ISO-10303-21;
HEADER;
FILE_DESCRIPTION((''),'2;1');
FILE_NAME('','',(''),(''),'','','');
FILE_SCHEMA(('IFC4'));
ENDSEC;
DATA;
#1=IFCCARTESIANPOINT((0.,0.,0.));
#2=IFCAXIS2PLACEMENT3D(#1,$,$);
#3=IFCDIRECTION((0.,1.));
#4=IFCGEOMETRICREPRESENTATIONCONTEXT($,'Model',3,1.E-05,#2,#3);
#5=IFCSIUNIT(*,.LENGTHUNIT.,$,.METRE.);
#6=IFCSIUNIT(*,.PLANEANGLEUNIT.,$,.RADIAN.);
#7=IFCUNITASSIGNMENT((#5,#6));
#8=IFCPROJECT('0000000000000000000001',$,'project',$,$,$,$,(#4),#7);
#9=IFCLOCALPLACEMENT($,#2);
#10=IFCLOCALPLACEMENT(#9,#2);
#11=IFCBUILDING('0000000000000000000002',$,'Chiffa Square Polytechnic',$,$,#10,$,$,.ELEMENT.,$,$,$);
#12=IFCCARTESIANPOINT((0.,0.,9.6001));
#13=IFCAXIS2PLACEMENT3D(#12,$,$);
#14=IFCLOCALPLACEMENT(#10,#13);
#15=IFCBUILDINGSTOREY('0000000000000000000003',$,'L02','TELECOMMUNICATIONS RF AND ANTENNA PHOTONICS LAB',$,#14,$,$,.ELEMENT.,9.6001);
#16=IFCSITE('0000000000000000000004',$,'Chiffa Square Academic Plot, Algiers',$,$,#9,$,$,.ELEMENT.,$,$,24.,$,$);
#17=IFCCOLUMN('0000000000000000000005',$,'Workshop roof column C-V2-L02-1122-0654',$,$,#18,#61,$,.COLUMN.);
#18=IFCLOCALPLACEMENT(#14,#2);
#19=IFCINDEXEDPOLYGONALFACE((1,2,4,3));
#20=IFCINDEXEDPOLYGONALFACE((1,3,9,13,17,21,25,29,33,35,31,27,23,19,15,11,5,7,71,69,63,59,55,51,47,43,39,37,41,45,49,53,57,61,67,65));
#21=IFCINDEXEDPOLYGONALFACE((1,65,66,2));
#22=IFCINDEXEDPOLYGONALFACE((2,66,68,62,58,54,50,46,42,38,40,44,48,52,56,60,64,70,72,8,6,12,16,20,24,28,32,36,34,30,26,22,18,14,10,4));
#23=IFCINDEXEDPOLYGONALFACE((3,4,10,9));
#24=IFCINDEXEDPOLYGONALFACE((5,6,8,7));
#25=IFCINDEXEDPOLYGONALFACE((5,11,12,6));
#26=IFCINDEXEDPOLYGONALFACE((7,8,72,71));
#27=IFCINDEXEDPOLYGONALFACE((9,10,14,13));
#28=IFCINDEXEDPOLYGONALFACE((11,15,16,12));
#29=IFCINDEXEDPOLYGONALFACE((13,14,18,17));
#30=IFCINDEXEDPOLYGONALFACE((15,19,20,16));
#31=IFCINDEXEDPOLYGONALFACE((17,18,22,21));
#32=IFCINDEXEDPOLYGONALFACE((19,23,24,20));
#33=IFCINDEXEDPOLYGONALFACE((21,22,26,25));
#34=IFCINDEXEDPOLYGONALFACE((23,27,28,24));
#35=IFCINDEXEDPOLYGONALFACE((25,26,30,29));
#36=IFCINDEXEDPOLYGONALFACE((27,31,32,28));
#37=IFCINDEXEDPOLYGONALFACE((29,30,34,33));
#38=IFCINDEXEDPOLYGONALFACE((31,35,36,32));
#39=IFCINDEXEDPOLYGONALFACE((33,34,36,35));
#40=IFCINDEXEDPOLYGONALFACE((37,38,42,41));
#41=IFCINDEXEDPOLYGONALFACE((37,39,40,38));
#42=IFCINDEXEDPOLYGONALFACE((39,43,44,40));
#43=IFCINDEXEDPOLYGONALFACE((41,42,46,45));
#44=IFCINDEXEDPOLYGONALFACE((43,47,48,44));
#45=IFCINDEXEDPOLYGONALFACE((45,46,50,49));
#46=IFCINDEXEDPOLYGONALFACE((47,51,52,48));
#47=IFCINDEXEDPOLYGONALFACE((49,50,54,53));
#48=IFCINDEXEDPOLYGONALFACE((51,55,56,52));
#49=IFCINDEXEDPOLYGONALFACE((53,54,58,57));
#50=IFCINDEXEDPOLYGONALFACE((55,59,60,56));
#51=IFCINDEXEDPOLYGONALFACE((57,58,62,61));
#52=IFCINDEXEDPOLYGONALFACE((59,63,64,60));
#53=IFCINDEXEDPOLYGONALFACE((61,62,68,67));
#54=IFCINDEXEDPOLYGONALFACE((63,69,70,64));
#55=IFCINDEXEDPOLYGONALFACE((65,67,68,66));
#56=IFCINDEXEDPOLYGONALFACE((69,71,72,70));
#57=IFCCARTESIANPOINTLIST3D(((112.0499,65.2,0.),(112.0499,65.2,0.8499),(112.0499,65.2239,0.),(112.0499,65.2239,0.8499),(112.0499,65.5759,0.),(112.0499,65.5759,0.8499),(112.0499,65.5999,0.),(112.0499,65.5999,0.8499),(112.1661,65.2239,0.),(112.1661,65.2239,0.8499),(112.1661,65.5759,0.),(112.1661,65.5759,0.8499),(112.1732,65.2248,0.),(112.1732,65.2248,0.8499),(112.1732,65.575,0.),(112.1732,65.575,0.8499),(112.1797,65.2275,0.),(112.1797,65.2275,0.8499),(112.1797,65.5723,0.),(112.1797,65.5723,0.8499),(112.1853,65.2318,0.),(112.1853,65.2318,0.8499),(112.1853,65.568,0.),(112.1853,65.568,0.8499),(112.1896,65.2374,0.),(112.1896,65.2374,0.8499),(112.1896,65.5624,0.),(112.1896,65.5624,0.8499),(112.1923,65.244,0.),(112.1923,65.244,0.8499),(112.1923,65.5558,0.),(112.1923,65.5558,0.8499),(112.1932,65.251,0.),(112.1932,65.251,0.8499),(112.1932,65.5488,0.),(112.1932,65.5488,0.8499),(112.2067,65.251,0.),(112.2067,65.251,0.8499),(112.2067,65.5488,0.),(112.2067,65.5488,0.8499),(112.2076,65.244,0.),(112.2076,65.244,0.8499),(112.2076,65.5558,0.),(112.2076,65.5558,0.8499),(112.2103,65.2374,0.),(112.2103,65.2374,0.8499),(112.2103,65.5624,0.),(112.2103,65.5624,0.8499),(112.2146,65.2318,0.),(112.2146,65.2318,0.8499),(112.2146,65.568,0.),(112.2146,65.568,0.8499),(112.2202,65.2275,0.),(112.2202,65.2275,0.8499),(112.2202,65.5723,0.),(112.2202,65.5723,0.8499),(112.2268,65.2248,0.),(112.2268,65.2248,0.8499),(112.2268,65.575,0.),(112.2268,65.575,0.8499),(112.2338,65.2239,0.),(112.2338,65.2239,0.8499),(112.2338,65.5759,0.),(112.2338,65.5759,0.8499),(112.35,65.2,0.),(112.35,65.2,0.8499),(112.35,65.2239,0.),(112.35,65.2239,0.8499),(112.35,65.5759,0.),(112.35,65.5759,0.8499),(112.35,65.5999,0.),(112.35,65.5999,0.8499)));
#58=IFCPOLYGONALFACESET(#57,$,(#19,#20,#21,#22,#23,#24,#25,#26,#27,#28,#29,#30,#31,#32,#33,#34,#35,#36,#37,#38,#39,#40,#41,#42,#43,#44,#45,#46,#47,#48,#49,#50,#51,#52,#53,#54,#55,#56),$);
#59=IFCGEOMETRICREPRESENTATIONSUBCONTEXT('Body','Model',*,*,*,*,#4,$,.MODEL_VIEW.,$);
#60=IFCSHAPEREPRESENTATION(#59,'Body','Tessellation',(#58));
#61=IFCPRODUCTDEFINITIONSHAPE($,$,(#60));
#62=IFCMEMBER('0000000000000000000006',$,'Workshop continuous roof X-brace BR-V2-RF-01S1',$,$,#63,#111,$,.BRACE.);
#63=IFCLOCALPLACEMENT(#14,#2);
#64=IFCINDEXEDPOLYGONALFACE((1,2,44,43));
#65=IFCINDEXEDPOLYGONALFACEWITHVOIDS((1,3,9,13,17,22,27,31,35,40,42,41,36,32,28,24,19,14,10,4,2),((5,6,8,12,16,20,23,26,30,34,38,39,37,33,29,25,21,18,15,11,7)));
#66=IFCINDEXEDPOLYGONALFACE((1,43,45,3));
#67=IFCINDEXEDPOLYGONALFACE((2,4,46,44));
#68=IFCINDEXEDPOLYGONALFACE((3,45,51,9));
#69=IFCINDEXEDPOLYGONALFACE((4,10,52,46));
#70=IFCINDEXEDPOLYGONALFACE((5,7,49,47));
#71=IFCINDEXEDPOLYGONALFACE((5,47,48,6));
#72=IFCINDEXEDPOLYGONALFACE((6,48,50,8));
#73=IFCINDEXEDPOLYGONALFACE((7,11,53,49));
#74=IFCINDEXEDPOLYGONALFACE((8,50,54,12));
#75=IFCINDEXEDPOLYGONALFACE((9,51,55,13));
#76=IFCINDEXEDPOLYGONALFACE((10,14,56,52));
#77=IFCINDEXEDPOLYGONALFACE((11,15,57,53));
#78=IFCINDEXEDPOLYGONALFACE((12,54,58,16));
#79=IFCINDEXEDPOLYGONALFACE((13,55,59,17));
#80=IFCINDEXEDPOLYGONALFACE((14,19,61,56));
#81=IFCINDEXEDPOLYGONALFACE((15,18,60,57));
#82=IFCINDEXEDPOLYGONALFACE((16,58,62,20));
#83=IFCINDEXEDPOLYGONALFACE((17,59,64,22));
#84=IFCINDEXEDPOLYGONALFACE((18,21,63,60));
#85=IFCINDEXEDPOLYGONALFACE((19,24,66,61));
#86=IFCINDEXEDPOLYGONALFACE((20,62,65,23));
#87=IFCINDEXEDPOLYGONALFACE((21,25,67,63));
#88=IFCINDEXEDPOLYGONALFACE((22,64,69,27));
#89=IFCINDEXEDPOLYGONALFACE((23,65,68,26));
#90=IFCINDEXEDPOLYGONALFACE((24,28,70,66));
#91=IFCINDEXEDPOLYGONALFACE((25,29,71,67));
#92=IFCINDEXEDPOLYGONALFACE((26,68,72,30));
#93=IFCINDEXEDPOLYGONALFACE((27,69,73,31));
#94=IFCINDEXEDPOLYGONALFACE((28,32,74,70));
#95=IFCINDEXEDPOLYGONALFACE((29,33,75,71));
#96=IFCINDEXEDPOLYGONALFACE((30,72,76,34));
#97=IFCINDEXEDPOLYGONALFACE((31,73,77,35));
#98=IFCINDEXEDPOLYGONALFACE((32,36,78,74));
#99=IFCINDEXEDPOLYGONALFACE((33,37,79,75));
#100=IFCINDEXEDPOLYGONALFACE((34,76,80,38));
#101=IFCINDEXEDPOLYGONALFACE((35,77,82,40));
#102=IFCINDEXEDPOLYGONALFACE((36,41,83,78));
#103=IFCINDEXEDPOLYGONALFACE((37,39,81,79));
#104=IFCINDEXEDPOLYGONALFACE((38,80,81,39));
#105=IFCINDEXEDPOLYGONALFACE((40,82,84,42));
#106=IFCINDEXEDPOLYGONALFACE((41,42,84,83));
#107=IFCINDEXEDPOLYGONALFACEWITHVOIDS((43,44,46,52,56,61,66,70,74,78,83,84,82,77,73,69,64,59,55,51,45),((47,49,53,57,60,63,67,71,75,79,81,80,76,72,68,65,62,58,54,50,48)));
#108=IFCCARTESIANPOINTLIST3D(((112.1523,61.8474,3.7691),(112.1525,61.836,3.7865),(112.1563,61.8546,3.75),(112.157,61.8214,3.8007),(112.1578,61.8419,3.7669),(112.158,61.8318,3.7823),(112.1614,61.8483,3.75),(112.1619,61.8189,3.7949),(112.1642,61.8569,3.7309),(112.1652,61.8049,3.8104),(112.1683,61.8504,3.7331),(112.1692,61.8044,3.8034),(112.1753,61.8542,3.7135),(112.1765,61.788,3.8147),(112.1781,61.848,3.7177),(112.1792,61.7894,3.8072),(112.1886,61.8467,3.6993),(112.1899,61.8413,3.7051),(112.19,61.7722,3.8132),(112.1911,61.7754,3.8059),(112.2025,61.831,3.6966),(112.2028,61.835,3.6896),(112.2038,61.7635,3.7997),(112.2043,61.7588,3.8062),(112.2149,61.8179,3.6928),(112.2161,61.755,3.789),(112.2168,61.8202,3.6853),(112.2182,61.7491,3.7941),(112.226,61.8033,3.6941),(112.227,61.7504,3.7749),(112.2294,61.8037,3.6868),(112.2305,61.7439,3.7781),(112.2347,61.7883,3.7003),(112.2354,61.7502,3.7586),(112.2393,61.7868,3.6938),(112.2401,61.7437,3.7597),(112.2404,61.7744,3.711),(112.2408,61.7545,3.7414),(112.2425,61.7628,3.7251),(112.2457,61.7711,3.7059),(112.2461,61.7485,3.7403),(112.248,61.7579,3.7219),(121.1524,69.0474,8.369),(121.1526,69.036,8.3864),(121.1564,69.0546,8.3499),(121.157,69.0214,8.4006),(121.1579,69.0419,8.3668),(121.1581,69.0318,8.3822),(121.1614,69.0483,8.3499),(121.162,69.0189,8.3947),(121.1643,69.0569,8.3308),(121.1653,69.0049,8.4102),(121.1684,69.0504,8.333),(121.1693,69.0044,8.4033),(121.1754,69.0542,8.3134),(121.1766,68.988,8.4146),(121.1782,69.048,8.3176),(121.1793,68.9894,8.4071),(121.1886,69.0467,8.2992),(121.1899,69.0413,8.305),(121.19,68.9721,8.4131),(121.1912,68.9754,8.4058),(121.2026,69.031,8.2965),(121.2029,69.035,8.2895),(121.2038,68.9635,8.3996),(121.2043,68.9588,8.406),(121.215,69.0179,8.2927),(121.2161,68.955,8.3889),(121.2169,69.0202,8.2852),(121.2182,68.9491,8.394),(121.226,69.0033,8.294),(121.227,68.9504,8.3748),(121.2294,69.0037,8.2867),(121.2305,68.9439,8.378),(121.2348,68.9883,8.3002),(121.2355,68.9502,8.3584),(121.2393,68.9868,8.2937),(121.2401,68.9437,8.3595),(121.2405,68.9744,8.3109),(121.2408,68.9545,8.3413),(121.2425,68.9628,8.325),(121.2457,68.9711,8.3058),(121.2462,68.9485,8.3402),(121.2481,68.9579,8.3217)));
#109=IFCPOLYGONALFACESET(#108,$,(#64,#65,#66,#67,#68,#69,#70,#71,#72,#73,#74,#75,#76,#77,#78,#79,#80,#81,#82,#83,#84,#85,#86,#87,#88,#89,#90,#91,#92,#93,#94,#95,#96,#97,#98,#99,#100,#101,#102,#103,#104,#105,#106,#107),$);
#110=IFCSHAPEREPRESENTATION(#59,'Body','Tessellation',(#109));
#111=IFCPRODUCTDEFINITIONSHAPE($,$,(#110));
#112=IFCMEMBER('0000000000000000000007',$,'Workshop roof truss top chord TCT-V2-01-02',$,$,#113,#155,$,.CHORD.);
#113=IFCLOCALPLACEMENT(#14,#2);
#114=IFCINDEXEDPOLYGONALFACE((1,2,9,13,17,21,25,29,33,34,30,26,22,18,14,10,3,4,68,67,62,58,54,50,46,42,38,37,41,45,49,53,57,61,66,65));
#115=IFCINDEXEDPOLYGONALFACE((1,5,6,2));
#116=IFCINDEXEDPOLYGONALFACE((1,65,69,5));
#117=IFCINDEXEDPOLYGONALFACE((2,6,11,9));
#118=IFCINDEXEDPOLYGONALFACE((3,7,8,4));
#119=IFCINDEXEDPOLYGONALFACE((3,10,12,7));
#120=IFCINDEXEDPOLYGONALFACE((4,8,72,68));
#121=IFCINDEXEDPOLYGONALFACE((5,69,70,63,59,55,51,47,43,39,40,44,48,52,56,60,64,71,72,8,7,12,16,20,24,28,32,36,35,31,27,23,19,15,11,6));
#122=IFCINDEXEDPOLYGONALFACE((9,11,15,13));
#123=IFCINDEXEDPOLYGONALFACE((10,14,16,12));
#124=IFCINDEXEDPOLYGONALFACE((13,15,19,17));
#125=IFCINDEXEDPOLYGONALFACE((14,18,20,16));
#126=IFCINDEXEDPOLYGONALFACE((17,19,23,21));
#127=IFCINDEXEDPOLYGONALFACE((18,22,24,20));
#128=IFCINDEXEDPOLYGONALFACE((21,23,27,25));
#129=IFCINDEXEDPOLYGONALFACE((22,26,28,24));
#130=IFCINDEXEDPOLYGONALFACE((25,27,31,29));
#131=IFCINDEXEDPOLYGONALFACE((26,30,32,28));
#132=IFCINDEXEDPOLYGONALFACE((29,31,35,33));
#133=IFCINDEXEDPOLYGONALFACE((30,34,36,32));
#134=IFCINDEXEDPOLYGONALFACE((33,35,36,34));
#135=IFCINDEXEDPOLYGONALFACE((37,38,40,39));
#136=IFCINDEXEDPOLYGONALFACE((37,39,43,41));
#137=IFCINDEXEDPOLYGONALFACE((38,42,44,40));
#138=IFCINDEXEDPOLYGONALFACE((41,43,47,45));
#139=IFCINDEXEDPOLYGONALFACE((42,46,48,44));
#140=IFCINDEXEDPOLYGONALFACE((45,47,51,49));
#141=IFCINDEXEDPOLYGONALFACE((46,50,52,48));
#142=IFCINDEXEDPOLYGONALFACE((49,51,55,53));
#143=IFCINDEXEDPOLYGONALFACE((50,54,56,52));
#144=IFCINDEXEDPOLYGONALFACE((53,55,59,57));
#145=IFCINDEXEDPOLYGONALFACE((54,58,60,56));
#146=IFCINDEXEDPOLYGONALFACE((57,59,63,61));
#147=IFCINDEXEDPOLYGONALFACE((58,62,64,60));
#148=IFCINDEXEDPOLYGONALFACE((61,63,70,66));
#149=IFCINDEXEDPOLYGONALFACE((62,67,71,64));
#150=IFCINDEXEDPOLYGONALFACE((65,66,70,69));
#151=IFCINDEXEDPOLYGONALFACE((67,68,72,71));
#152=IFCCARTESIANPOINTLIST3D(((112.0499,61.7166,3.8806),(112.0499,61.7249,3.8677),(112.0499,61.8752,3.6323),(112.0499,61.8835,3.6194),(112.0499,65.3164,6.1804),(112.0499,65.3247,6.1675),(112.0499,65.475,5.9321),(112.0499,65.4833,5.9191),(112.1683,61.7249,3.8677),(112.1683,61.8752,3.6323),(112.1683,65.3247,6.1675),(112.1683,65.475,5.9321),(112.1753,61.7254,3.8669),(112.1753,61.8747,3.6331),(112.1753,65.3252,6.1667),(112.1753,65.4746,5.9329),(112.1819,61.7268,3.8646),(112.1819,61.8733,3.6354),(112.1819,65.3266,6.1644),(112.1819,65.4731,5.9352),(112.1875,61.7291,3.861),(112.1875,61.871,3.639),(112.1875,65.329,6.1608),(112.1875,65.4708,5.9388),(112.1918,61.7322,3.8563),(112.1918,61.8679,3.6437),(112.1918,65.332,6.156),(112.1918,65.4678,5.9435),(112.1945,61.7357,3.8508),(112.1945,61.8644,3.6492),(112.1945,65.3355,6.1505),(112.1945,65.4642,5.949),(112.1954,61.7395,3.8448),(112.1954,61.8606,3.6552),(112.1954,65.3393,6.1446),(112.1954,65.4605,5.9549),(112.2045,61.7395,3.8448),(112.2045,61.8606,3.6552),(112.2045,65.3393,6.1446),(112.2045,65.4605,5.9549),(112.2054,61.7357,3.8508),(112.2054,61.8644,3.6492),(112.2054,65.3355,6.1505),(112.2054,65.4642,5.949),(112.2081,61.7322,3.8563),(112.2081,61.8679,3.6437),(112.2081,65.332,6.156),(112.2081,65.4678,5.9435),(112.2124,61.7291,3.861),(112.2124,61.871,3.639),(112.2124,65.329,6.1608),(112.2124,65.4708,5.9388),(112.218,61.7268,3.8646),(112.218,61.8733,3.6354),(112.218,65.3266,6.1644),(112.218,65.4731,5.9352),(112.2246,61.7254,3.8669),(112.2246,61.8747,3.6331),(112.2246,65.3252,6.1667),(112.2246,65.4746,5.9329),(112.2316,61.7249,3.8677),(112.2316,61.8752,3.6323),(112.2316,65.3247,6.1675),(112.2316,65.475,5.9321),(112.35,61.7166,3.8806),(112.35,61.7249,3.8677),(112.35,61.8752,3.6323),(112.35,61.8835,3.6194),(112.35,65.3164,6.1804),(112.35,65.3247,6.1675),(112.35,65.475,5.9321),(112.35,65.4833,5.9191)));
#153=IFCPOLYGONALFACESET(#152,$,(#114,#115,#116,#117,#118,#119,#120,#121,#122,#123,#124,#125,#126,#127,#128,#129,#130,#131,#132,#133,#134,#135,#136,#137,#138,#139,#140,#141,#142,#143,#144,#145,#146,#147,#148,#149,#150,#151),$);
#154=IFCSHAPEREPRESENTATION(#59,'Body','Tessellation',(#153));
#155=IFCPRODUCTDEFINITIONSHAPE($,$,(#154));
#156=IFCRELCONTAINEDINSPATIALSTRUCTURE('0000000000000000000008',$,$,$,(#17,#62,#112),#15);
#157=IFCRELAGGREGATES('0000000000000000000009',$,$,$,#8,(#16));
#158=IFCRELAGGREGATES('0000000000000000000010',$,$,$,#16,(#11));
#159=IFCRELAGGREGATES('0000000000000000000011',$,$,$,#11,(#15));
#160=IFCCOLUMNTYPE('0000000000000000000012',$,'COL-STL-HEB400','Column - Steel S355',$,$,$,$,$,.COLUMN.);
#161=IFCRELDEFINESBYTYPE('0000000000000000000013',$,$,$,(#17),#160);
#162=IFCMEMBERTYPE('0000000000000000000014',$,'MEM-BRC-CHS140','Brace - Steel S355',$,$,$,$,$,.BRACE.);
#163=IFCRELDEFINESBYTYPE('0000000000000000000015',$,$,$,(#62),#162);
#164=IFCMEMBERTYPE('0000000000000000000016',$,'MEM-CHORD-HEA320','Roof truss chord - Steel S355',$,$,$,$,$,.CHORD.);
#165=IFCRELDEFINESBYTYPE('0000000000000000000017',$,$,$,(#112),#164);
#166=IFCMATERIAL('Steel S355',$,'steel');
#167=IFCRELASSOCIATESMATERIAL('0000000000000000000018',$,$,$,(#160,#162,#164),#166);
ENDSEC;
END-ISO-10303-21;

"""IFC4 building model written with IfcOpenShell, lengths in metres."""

from ifc_helpers import new_model, si_unit, direction, frame, origin, origin_2d, place, context, subcontext, project, spatial, hollow_circle, i_section, extrude, material, material_profile, profile_set, type_object, element, save


model = new_model("IFC4")

# Units and contexts
model_context = context("Model", 3, precision=1e-05, world=origin(), true_north=direction((0.0, 1.0)))
body_context = subcontext(model_context, "Body", "Model", "MODEL_VIEW")
ifc_project = project(units=[si_unit("LENGTHUNIT", "METRE"), si_unit("PLANEANGLEUNIT", "RADIAN")], contexts=[model_context])

# Site, building, storey
site_placement = place(None, origin())
site = spatial("IfcSite", under=ifc_project, at=site_placement, Name="Chiffa Square Academic Plot, Algiers", CompositionType="ELEMENT", RefElevation=24.0)
building_placement = place(site_placement, origin())
building = spatial("IfcBuilding", under=site, at=building_placement, Name="Chiffa Square Polytechnic", CompositionType="ELEMENT")
storey_placement = place(building_placement, frame((0.0, 0.0, 9.6001)))
storey = spatial("IfcBuildingStorey", under=building, at=storey_placement, Name="L02", Description="TELECOMMUNICATIONS RF AND ANTENNA PHOTONICS LAB", CompositionType="ELEMENT", Elevation=9.6001)

# Column
ifc_material_1 = material(Name="Steel S355", Category="steel")
ifc_material_profile_1 = material_profile(ifc_material_1, i_section(OverallWidth=0.3, OverallDepth=0.3999, WebThickness=0.0134, FlangeThickness=0.0239, FilletRadius=0.0271, at=origin_2d()), Name="HEB 400")
ifc_profile_set_1 = profile_set([ifc_material_profile_1], Name="Steel S355")
column_type = type_object("IfcColumnType", Name="COL-STL-HEB400", Description="Column - Steel S355", PredefinedType="COLUMN", material=ifc_profile_set_1)
column_placement = place(storey_placement, frame((112.2, 65.3999, 0.0), z_axis=(0.0, 0.0, 1.0), x_axis=(1.0, 0.0, 0.0)))
element("IfcColumn", 1, at=column_placement, inside=storey, type_object=column_type, Name="Workshop roof column C-V2-L02-1122-0654", PredefinedType="COLUMN", context=body_context, shape_type="SweptSolid", body=[
    extrude(i_section(OverallWidth=0.3, OverallDepth=0.3999, WebThickness=0.0134, FlangeThickness=0.0239, FilletRadius=0.0271, at=origin_2d()), origin(), (0.0, 0.0, 1.0), 0.8499),
])

# Members
ifc_material_profile_2 = material_profile(ifc_material_1, hollow_circle(Radius=0.0698, WallThickness=0.0081, at=origin_2d()), Name="CHS 139.7x8")
ifc_profile_set_2 = profile_set([ifc_material_profile_2], Name="Steel S355")
member_type_1 = type_object("IfcMemberType", Name="MEM-BRC-CHS140", Description="Brace - Steel S355", PredefinedType="BRACE", material=ifc_profile_set_2)
member_1_placement = place(storey_placement, frame((112.2, 61.8, 3.75), z_axis=(0.725245, 0.580192, 0.370669), x_axis=(-0.624692, 0.780871, 0.0)))
element("IfcMember", 2, at=member_1_placement, inside=storey, type_object=member_type_1, Name="Workshop continuous roof X-brace BR-V2-RF-01S1", PredefinedType="BRACE", context=body_context, shape_type="SweptSolid", body=[
    extrude(hollow_circle(Radius=0.0698, WallThickness=0.0081, at=origin_2d()), origin(), (0.0, 0.0, 1.0), 12.4097),
])
ifc_material_profile_3 = material_profile(ifc_material_1, i_section(OverallWidth=0.3, OverallDepth=0.3101, WebThickness=0.009, FlangeThickness=0.0154, FilletRadius=0.0271, at=origin_2d()), Name="HEA 320")
ifc_profile_set_3 = profile_set([ifc_material_profile_3], Name="Steel S355")
member_type_2 = type_object("IfcMemberType", Name="MEM-CHORD-HEA320", Description="Roof truss chord - Steel S355", PredefinedType="CHORD", material=ifc_profile_set_3)
member_2_placement = place(storey_placement, frame((112.2, 61.8, 3.75), z_axis=(0.0, 0.842707, 0.538372), x_axis=(-1.0, 0.0, 0.0)))
element("IfcMember", 3, at=member_2_placement, inside=storey, type_object=member_type_2, Name="Workshop roof truss top chord TCT-V2-01-02", PredefinedType="CHORD", context=body_context, shape_type="SweptSolid", body=[
    extrude(i_section(OverallWidth=0.3, OverallDepth=0.3101, WebThickness=0.009, FlangeThickness=0.0154, FilletRadius=0.0271, at=origin_2d()), origin(), (0.0, 0.0, 1.0), 4.2717),
])

save(model, "model.ifc")
